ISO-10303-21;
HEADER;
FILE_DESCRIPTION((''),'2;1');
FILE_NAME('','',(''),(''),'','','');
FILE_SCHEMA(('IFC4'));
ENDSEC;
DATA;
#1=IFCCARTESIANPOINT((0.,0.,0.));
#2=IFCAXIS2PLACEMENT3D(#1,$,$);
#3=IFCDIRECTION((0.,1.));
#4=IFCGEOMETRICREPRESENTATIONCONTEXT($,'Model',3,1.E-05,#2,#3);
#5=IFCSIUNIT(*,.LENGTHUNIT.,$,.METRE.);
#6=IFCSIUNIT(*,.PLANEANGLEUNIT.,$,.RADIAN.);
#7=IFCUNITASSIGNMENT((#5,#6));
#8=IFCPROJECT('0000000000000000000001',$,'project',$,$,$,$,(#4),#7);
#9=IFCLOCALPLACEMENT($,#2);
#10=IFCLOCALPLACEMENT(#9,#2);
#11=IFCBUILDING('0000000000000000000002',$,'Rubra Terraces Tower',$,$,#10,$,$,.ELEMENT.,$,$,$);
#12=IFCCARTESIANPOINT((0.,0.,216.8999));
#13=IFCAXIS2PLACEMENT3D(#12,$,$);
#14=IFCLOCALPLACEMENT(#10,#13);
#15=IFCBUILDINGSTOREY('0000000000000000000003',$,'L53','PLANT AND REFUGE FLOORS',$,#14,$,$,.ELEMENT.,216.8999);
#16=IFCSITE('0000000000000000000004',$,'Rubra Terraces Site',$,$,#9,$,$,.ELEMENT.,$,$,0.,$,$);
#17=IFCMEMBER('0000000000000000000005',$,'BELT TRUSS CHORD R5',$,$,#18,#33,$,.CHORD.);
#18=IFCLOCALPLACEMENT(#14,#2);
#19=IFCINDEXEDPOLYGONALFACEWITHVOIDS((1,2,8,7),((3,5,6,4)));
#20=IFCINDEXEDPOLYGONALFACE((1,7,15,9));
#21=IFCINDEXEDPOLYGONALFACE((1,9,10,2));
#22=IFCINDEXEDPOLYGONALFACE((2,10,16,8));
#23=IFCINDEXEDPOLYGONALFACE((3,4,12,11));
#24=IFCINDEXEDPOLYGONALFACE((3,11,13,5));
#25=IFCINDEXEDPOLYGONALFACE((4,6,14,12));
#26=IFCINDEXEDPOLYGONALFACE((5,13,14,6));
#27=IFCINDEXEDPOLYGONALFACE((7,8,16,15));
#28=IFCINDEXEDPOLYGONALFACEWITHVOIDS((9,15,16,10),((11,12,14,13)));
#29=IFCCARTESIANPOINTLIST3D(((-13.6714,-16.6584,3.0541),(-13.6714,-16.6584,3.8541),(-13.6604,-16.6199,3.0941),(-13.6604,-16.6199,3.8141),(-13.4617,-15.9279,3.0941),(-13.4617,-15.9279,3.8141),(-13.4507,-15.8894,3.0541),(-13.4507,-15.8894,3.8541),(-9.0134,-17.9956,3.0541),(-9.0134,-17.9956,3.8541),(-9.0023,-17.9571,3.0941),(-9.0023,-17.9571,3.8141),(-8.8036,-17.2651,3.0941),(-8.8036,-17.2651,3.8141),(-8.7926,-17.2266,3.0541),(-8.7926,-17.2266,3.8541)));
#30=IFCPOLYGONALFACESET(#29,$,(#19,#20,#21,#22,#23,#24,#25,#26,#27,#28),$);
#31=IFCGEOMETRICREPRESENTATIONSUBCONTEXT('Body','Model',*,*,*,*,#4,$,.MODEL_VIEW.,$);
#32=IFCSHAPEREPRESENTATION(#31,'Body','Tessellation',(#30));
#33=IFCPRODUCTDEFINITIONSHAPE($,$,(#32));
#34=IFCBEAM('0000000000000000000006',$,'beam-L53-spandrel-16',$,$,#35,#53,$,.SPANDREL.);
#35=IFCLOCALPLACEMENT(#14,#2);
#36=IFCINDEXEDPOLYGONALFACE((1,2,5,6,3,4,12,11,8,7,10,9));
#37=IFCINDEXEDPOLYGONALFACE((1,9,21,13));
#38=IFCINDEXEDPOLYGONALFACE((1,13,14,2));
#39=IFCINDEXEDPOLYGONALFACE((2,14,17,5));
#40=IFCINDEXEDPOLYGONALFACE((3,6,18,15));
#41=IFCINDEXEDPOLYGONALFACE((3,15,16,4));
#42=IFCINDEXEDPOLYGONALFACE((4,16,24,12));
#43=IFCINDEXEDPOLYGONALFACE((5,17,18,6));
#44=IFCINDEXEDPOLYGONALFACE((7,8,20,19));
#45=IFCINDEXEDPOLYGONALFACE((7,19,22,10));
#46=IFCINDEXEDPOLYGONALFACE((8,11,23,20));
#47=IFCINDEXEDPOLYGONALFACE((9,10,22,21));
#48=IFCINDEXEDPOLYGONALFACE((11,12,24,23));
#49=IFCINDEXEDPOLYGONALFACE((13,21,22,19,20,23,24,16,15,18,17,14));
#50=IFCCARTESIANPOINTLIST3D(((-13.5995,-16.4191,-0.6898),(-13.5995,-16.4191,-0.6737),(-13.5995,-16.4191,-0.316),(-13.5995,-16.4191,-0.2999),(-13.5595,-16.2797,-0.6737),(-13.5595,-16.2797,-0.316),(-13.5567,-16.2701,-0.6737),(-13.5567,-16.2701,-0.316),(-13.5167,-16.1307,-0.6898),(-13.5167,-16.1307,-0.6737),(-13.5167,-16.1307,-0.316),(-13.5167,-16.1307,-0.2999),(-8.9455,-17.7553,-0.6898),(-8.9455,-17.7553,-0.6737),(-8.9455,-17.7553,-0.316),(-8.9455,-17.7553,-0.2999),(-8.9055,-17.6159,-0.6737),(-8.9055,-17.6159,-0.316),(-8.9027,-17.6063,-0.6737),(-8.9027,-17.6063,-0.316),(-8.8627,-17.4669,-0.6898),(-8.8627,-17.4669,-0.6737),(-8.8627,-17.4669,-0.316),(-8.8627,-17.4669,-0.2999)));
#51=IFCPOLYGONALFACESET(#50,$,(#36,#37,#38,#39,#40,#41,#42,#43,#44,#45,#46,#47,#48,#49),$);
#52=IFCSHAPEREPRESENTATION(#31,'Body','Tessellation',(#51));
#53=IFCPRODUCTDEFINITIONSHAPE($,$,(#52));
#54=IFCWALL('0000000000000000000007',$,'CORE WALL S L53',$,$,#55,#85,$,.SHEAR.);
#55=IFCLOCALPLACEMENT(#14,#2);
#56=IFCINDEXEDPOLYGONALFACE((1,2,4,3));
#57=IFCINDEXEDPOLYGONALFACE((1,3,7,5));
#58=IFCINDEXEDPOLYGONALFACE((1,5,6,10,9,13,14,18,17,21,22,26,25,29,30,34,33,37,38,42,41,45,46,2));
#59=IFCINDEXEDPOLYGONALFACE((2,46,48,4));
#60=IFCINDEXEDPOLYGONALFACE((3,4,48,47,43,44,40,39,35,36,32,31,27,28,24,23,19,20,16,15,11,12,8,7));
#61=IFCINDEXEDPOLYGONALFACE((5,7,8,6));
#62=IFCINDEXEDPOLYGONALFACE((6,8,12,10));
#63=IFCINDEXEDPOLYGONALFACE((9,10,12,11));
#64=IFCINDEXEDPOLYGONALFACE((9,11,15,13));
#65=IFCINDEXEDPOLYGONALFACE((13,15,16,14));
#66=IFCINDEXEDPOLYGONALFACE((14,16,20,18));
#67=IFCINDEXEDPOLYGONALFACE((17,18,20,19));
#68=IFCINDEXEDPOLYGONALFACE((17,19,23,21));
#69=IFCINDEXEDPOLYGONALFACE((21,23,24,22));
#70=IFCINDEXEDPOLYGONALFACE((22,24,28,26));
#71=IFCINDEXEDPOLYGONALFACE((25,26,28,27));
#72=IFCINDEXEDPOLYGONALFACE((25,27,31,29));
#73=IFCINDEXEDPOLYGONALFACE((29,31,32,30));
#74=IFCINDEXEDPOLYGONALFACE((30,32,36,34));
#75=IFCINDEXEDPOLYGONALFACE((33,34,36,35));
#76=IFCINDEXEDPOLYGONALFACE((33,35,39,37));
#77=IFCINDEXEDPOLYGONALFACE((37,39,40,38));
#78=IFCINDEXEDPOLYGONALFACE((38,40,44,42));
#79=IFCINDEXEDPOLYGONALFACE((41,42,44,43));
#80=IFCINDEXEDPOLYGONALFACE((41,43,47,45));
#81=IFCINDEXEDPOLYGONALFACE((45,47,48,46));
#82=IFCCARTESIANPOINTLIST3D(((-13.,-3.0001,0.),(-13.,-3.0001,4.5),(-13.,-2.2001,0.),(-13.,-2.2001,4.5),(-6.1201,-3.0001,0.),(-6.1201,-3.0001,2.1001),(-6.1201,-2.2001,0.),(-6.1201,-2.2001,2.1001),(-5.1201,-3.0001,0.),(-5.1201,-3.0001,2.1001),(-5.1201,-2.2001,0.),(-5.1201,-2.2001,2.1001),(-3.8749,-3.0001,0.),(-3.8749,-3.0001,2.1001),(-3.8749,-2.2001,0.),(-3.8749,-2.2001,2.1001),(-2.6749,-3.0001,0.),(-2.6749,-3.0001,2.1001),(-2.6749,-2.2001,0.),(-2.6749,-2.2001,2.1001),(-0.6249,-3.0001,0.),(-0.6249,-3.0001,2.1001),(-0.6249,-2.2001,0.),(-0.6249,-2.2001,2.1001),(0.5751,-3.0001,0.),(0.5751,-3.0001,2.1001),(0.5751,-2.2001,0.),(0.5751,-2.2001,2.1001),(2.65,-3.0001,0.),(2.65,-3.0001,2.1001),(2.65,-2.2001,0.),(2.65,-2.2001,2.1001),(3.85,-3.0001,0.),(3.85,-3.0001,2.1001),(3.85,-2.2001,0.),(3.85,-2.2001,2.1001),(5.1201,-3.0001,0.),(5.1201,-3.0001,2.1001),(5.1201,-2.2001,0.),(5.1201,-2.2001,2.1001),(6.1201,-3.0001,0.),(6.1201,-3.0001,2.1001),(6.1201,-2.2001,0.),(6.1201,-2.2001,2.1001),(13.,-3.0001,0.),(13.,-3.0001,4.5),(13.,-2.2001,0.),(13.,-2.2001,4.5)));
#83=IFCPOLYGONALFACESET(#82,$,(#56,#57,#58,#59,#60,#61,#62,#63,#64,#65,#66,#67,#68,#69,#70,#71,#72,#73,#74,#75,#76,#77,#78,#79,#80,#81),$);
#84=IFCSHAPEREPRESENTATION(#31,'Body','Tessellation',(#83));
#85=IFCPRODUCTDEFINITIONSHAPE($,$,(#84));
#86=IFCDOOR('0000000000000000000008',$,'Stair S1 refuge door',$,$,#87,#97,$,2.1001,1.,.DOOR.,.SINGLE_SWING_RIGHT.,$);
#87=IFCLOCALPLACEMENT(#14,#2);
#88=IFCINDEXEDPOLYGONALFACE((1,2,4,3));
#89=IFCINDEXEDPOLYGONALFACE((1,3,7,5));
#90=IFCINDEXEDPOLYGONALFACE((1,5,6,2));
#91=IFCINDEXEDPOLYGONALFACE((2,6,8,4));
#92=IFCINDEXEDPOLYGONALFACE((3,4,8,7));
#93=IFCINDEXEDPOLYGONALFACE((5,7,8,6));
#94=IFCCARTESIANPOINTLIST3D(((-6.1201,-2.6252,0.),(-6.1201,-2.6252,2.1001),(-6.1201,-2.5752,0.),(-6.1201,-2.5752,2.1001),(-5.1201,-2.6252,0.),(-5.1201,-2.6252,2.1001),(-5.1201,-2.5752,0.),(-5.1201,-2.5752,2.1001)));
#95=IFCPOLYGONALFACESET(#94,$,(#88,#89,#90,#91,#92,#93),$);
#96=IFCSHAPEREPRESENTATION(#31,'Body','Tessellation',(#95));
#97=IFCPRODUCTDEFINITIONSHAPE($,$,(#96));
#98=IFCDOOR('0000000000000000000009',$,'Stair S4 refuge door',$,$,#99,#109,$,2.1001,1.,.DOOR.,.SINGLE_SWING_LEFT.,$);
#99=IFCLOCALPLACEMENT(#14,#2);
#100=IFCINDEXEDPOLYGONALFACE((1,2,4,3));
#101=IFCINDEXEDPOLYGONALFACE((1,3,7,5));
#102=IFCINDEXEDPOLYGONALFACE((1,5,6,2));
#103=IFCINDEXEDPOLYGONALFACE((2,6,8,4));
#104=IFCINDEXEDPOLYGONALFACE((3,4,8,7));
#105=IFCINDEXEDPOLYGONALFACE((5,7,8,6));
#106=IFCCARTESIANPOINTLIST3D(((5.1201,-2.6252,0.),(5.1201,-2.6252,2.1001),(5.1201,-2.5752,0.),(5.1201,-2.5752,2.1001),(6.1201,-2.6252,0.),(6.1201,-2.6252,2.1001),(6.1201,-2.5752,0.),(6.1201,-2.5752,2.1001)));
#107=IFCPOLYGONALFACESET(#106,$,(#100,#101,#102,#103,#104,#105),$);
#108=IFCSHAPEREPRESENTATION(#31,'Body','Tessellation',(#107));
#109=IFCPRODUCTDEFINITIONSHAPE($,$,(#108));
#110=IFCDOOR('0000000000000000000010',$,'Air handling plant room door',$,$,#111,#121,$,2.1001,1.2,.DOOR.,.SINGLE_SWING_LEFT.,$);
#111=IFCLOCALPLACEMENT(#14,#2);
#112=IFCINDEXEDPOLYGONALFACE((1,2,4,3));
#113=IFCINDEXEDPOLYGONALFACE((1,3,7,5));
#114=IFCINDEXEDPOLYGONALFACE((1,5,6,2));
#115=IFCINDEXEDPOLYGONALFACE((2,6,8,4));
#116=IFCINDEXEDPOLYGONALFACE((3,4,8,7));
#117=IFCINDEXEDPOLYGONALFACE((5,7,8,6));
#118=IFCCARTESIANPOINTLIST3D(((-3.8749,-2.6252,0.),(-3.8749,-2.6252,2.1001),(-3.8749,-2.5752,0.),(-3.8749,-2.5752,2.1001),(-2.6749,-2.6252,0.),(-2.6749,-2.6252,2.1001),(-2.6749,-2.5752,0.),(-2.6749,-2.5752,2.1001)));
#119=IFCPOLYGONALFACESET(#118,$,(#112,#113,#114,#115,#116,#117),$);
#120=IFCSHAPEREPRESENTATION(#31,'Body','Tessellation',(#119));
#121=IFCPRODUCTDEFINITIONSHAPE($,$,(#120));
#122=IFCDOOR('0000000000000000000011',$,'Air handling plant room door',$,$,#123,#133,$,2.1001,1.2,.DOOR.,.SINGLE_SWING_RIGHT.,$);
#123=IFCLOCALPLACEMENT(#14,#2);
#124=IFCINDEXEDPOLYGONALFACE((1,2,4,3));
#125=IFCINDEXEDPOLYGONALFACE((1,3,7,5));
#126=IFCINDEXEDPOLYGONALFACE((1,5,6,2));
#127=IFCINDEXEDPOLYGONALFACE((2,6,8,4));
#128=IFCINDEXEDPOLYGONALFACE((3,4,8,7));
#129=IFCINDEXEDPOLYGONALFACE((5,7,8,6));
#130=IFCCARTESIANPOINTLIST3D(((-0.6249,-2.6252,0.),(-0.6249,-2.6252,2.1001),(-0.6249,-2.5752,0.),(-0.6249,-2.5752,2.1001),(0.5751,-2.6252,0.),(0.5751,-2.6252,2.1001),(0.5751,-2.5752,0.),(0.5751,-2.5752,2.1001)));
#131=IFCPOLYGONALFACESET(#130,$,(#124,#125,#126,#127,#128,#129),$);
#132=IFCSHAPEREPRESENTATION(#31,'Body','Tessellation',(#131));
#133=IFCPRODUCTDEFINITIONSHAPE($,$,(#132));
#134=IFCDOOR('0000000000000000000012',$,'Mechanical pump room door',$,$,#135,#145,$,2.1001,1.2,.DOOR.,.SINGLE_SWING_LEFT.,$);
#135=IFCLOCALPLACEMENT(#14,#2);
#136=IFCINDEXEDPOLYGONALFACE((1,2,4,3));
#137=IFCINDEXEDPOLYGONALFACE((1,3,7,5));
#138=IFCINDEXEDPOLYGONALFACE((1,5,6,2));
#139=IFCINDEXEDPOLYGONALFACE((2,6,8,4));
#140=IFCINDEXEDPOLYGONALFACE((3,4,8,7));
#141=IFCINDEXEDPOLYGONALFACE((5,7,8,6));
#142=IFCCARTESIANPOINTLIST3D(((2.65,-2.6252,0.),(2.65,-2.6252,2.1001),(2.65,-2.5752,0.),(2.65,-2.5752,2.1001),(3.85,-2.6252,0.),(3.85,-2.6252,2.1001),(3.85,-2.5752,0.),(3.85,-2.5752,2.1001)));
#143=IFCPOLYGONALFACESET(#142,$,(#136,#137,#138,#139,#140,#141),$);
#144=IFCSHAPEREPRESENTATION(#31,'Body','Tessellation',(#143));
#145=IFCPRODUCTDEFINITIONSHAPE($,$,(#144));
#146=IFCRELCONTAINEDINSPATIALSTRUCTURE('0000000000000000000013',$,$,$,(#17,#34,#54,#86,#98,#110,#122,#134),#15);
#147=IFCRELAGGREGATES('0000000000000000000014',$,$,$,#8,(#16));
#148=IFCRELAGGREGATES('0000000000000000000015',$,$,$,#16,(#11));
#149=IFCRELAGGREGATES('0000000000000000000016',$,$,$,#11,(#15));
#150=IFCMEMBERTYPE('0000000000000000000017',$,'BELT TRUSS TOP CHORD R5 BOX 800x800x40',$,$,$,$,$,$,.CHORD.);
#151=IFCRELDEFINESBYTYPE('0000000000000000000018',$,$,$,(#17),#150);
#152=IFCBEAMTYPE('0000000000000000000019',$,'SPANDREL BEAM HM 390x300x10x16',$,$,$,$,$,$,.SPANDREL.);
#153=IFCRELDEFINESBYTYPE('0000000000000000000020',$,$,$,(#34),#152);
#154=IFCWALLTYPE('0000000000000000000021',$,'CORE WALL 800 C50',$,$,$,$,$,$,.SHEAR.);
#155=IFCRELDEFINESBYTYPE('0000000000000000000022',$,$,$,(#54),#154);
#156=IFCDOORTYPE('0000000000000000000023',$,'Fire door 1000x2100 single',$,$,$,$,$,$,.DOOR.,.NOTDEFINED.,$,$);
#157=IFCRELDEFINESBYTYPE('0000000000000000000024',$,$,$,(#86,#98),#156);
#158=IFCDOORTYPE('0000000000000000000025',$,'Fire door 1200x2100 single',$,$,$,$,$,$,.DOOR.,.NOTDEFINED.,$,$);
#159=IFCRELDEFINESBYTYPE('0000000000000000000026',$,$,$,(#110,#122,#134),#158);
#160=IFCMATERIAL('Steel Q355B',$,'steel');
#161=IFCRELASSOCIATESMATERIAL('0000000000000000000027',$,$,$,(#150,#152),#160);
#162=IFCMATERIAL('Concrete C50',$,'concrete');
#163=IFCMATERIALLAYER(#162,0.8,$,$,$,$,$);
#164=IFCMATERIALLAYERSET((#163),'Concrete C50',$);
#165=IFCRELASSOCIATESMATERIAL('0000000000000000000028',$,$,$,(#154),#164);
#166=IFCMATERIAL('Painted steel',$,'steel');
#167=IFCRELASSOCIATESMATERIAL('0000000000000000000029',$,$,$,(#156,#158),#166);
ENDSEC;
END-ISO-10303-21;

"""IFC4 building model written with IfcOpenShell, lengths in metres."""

from ifc_helpers import new_model, si_unit, direction, frame, frame_2d, origin, origin_2d, place, context, subcontext, project, spatial, rectangle, hollow_rectangle, i_section, extrude, material, layer, layer_set, material_profile, profile_set, type_object, element, fill, save


model = new_model("IFC4")

# Units and contexts
model_context = context("Model", 3, precision=1e-05, world=origin(), true_north=direction((0.0, 1.0)))
body_context = subcontext(model_context, "Body", "Model", "MODEL_VIEW")
ifc_project = project(units=[si_unit("LENGTHUNIT", "METRE"), si_unit("PLANEANGLEUNIT", "RADIAN")], contexts=[model_context])

# Site, building, storey
site_placement = place(None, origin())
site = spatial("IfcSite", under=ifc_project, at=site_placement, Name="Rubra Terraces Site", CompositionType="ELEMENT", RefElevation=0.0)
building_placement = place(site_placement, origin())
building = spatial("IfcBuilding", under=site, at=building_placement, Name="Rubra Terraces Tower", CompositionType="ELEMENT")
storey_placement = place(building_placement, frame((0.0, 0.0, 216.8999)))
storey = spatial("IfcBuildingStorey", under=building, at=storey_placement, Name="L53", Description="PLANT AND REFUGE FLOORS", CompositionType="ELEMENT", Elevation=216.8999)

# Member
ifc_material_1 = material(Name="Steel Q355B", Category="steel")
ifc_material_profile_1 = material_profile(ifc_material_1, hollow_rectangle(XDim=0.8, YDim=0.8, WallThickness=0.04, at=origin_2d()), Name="BOX 800x800x40")
ifc_profile_set_1 = profile_set([ifc_material_profile_1], Name="Steel Q355B")
member_type = type_object("IfcMemberType", Name="BELT TRUSS TOP CHORD R5 BOX 800x800x40", PredefinedType="CHORD", material=ifc_profile_set_1)
member_placement = place(storey_placement, frame((-13.561, -16.2739, 3.4541), z_axis=(0.961179, -0.275925, 0.0), x_axis=(0.275925, 0.961179, 0.0)))
element("IfcMember", 1, at=member_placement, inside=storey, type_object=member_type, Name="BELT TRUSS CHORD R5", PredefinedType="CHORD", context=body_context, shape_type="SweptSolid", body=[
    extrude(hollow_rectangle(XDim=0.8, YDim=0.8, WallThickness=0.04, at=origin_2d()), origin(), (0.0, 0.0, 1.0), 4.8462),
])

# Beam
ifc_material_profile_2 = material_profile(ifc_material_1, i_section(OverallWidth=0.3, OverallDepth=0.3899, WebThickness=0.01, FlangeThickness=0.0161, at=origin_2d()), Name="HM 390x300x10x16")
ifc_profile_set_2 = profile_set([ifc_material_profile_2], Name="Steel Q355B")
beam_type = type_object("IfcBeamType", Name="SPANDREL BEAM HM 390x300x10x16", PredefinedType="SPANDREL", material=ifc_profile_set_2)
beam_placement = place(storey_placement, frame((-13.5581, -16.2749, -0.4949), z_axis=(0.961171, -0.275953, 0.0), x_axis=(0.275953, 0.961171, 0.0)))
element("IfcBeam", 2, at=beam_placement, inside=storey, type_object=beam_type, Name="beam-L53-spandrel-16", PredefinedType="SPANDREL", context=body_context, shape_type="SweptSolid", body=[
    extrude(i_section(OverallWidth=0.3, OverallDepth=0.3899, WebThickness=0.01, FlangeThickness=0.0161, at=origin_2d()), origin(), (0.0, 0.0, 1.0), 4.842),
])

# Wall, openings, doors
ifc_material_2 = material(Name="Concrete C50", Category="concrete")
ifc_layer_1 = layer(ifc_material_2, 0.8)
ifc_layer_set_1 = layer_set([ifc_layer_1], Name="Concrete C50")
wall_type_1 = type_object("IfcWallType", Name="CORE WALL 800 C50", PredefinedType="SHEAR", material=ifc_layer_set_1)
wall_1_placement = place(storey_placement, frame((-13.0, -2.6001, 0.0), z_axis=(0.0, 0.0, 1.0), x_axis=(1.0, 0.0, 0.0)))
wall_1 = element("IfcWall", 3, at=wall_1_placement, inside=storey, type_object=wall_type_1, Name="CORE WALL S L53", PredefinedType="SHEAR", context=body_context, shape_type="SweptSolid", body=[
    extrude(rectangle(XDim=26.0, YDim=0.8, at=frame_2d((13.0, 0.0))), origin(), (0.0, 0.0, 1.0), 4.5),
])
opening_1_placement = place(wall_1_placement, frame((9.125, 0.0, 0.0)))
opening_1 = element("IfcOpeningElement", 4, at=opening_1_placement, cuts=wall_1, PredefinedType="OPENING", context=body_context, shape_type="SweptSolid", body=[
    extrude(rectangle(XDim=1.2, YDim=2.1001, at=frame_2d((0.6001, 1.05))), frame((0.0, 0.4099, 0.0), z_axis=(0.0, -1.0, 0.0), x_axis=(1.0, 0.0, 0.0)), (0.0, 0.0, 1.0), 0.8201),
])
opening_2_placement = place(wall_1_placement, frame((12.375, 0.0, 0.0)))
opening_2 = element("IfcOpeningElement", 5, at=opening_2_placement, cuts=wall_1, PredefinedType="OPENING", context=body_context, shape_type="SweptSolid", body=[
    extrude(rectangle(XDim=1.2, YDim=2.1001, at=frame_2d((0.6001, 1.05))), frame((0.0, 0.4099, 0.0), z_axis=(0.0, -1.0, 0.0), x_axis=(1.0, 0.0, 0.0)), (0.0, 0.0, 1.0), 0.8201),
])
opening_3_placement = place(wall_1_placement, frame((15.6499, 0.0, 0.0)))
opening_3 = element("IfcOpeningElement", 6, at=opening_3_placement, cuts=wall_1, PredefinedType="OPENING", context=body_context, shape_type="SweptSolid", body=[
    extrude(rectangle(XDim=1.2, YDim=2.1001, at=frame_2d((0.6001, 1.05))), frame((0.0, 0.4099, 0.0), z_axis=(0.0, -1.0, 0.0), x_axis=(1.0, 0.0, 0.0)), (0.0, 0.0, 1.0), 0.8201),
])
opening_4_placement = place(wall_1_placement, frame((6.8799, 0.0, 0.0)))
opening_4 = element("IfcOpeningElement", 7, at=opening_4_placement, cuts=wall_1, PredefinedType="OPENING", context=body_context, shape_type="SweptSolid", body=[
    extrude(rectangle(XDim=1.0, YDim=2.1001, at=frame_2d((0.5, 1.05))), frame((0.0, 0.4099, 0.0), z_axis=(0.0, -1.0, 0.0), x_axis=(1.0, 0.0, 0.0)), (0.0, 0.0, 1.0), 0.8201),
])
opening_5_placement = place(wall_1_placement, frame((18.1201, 0.0, 0.0)))
opening_5 = element("IfcOpeningElement", 8, at=opening_5_placement, cuts=wall_1, PredefinedType="OPENING", context=body_context, shape_type="SweptSolid", body=[
    extrude(rectangle(XDim=1.0, YDim=2.1001, at=frame_2d((0.5, 1.05))), frame((0.0, 0.4099, 0.0), z_axis=(0.0, -1.0, 0.0), x_axis=(1.0, 0.0, 0.0)), (0.0, 0.0, 1.0), 0.8201),
])
ifc_material_3 = material(Name="Painted steel", Category="steel")
door_type_1 = type_object("IfcDoorType", Name="Fire door 1000x2100 single", OperationType="NOTDEFINED", PredefinedType="DOOR", material=ifc_material_3)
door_1_placement = place(opening_4_placement, origin())
door_1 = element("IfcDoor", 9, at=door_1_placement, inside=storey, type_object=door_type_1, Name="Stair S1 refuge door", OperationType="SINGLE_SWING_RIGHT", OverallHeight=2.1001, OverallWidth=1.0, PredefinedType="DOOR", context=body_context, shape_type="SweptSolid", body=[
    extrude(rectangle(XDim=1.0, YDim=2.1001, at=frame_2d((0.5, 1.05))), frame((0.0, 0.0249, 0.0), z_axis=(0.0, -1.0, 0.0), x_axis=(1.0, 0.0, 0.0)), (0.0, 0.0, 1.0), 0.05),
])
fill(opening_4, door_1)
door_2_placement = place(opening_5_placement, origin())
door_2 = element("IfcDoor", 10, at=door_2_placement, inside=storey, type_object=door_type_1, Name="Stair S4 refuge door", OperationType="SINGLE_SWING_LEFT", OverallHeight=2.1001, OverallWidth=1.0, PredefinedType="DOOR", context=body_context, shape_type="SweptSolid", body=[
    extrude(rectangle(XDim=1.0, YDim=2.1001, at=frame_2d((0.5, 1.05))), frame((0.0, 0.0249, 0.0), z_axis=(0.0, -1.0, 0.0), x_axis=(1.0, 0.0, 0.0)), (0.0, 0.0, 1.0), 0.05),
])
fill(opening_5, door_2)
door_type_2 = type_object("IfcDoorType", Name="Fire door 1200x2100 single", OperationType="NOTDEFINED", PredefinedType="DOOR", material=ifc_material_3)
door_3_placement = place(opening_1_placement, origin())
door_3 = element("IfcDoor", 11, at=door_3_placement, inside=storey, type_object=door_type_2, Name="Air handling plant room door", OperationType="SINGLE_SWING_LEFT", OverallHeight=2.1001, OverallWidth=1.2, PredefinedType="DOOR", context=body_context, shape_type="SweptSolid", body=[
    extrude(rectangle(XDim=1.2, YDim=2.1001, at=frame_2d((0.6001, 1.05))), frame((0.0, 0.0249, 0.0), z_axis=(0.0, -1.0, 0.0), x_axis=(1.0, 0.0, 0.0)), (0.0, 0.0, 1.0), 0.05),
])
fill(opening_1, door_3)
door_4_placement = place(opening_2_placement, origin())
door_4 = element("IfcDoor", 12, at=door_4_placement, inside=storey, type_object=door_type_2, Name="Air handling plant room door", OperationType="SINGLE_SWING_RIGHT", OverallHeight=2.1001, OverallWidth=1.2, PredefinedType="DOOR", context=body_context, shape_type="SweptSolid", body=[
    extrude(rectangle(XDim=1.2, YDim=2.1001, at=frame_2d((0.6001, 1.05))), frame((0.0, 0.0249, 0.0), z_axis=(0.0, -1.0, 0.0), x_axis=(1.0, 0.0, 0.0)), (0.0, 0.0, 1.0), 0.05),
])
fill(opening_2, door_4)
door_5_placement = place(opening_3_placement, origin())
door_5 = element("IfcDoor", 13, at=door_5_placement, inside=storey, type_object=door_type_2, Name="Mechanical pump room door", OperationType="SINGLE_SWING_LEFT", OverallHeight=2.1001, OverallWidth=1.2, PredefinedType="DOOR", context=body_context, shape_type="SweptSolid", body=[
    extrude(rectangle(XDim=1.2, YDim=2.1001, at=frame_2d((0.6001, 1.05))), frame((0.0, 0.0249, 0.0), z_axis=(0.0, -1.0, 0.0), x_axis=(1.0, 0.0, 0.0)), (0.0, 0.0, 1.0), 0.05),
])
fill(opening_3, door_5)

save(model, "model.ifc")
